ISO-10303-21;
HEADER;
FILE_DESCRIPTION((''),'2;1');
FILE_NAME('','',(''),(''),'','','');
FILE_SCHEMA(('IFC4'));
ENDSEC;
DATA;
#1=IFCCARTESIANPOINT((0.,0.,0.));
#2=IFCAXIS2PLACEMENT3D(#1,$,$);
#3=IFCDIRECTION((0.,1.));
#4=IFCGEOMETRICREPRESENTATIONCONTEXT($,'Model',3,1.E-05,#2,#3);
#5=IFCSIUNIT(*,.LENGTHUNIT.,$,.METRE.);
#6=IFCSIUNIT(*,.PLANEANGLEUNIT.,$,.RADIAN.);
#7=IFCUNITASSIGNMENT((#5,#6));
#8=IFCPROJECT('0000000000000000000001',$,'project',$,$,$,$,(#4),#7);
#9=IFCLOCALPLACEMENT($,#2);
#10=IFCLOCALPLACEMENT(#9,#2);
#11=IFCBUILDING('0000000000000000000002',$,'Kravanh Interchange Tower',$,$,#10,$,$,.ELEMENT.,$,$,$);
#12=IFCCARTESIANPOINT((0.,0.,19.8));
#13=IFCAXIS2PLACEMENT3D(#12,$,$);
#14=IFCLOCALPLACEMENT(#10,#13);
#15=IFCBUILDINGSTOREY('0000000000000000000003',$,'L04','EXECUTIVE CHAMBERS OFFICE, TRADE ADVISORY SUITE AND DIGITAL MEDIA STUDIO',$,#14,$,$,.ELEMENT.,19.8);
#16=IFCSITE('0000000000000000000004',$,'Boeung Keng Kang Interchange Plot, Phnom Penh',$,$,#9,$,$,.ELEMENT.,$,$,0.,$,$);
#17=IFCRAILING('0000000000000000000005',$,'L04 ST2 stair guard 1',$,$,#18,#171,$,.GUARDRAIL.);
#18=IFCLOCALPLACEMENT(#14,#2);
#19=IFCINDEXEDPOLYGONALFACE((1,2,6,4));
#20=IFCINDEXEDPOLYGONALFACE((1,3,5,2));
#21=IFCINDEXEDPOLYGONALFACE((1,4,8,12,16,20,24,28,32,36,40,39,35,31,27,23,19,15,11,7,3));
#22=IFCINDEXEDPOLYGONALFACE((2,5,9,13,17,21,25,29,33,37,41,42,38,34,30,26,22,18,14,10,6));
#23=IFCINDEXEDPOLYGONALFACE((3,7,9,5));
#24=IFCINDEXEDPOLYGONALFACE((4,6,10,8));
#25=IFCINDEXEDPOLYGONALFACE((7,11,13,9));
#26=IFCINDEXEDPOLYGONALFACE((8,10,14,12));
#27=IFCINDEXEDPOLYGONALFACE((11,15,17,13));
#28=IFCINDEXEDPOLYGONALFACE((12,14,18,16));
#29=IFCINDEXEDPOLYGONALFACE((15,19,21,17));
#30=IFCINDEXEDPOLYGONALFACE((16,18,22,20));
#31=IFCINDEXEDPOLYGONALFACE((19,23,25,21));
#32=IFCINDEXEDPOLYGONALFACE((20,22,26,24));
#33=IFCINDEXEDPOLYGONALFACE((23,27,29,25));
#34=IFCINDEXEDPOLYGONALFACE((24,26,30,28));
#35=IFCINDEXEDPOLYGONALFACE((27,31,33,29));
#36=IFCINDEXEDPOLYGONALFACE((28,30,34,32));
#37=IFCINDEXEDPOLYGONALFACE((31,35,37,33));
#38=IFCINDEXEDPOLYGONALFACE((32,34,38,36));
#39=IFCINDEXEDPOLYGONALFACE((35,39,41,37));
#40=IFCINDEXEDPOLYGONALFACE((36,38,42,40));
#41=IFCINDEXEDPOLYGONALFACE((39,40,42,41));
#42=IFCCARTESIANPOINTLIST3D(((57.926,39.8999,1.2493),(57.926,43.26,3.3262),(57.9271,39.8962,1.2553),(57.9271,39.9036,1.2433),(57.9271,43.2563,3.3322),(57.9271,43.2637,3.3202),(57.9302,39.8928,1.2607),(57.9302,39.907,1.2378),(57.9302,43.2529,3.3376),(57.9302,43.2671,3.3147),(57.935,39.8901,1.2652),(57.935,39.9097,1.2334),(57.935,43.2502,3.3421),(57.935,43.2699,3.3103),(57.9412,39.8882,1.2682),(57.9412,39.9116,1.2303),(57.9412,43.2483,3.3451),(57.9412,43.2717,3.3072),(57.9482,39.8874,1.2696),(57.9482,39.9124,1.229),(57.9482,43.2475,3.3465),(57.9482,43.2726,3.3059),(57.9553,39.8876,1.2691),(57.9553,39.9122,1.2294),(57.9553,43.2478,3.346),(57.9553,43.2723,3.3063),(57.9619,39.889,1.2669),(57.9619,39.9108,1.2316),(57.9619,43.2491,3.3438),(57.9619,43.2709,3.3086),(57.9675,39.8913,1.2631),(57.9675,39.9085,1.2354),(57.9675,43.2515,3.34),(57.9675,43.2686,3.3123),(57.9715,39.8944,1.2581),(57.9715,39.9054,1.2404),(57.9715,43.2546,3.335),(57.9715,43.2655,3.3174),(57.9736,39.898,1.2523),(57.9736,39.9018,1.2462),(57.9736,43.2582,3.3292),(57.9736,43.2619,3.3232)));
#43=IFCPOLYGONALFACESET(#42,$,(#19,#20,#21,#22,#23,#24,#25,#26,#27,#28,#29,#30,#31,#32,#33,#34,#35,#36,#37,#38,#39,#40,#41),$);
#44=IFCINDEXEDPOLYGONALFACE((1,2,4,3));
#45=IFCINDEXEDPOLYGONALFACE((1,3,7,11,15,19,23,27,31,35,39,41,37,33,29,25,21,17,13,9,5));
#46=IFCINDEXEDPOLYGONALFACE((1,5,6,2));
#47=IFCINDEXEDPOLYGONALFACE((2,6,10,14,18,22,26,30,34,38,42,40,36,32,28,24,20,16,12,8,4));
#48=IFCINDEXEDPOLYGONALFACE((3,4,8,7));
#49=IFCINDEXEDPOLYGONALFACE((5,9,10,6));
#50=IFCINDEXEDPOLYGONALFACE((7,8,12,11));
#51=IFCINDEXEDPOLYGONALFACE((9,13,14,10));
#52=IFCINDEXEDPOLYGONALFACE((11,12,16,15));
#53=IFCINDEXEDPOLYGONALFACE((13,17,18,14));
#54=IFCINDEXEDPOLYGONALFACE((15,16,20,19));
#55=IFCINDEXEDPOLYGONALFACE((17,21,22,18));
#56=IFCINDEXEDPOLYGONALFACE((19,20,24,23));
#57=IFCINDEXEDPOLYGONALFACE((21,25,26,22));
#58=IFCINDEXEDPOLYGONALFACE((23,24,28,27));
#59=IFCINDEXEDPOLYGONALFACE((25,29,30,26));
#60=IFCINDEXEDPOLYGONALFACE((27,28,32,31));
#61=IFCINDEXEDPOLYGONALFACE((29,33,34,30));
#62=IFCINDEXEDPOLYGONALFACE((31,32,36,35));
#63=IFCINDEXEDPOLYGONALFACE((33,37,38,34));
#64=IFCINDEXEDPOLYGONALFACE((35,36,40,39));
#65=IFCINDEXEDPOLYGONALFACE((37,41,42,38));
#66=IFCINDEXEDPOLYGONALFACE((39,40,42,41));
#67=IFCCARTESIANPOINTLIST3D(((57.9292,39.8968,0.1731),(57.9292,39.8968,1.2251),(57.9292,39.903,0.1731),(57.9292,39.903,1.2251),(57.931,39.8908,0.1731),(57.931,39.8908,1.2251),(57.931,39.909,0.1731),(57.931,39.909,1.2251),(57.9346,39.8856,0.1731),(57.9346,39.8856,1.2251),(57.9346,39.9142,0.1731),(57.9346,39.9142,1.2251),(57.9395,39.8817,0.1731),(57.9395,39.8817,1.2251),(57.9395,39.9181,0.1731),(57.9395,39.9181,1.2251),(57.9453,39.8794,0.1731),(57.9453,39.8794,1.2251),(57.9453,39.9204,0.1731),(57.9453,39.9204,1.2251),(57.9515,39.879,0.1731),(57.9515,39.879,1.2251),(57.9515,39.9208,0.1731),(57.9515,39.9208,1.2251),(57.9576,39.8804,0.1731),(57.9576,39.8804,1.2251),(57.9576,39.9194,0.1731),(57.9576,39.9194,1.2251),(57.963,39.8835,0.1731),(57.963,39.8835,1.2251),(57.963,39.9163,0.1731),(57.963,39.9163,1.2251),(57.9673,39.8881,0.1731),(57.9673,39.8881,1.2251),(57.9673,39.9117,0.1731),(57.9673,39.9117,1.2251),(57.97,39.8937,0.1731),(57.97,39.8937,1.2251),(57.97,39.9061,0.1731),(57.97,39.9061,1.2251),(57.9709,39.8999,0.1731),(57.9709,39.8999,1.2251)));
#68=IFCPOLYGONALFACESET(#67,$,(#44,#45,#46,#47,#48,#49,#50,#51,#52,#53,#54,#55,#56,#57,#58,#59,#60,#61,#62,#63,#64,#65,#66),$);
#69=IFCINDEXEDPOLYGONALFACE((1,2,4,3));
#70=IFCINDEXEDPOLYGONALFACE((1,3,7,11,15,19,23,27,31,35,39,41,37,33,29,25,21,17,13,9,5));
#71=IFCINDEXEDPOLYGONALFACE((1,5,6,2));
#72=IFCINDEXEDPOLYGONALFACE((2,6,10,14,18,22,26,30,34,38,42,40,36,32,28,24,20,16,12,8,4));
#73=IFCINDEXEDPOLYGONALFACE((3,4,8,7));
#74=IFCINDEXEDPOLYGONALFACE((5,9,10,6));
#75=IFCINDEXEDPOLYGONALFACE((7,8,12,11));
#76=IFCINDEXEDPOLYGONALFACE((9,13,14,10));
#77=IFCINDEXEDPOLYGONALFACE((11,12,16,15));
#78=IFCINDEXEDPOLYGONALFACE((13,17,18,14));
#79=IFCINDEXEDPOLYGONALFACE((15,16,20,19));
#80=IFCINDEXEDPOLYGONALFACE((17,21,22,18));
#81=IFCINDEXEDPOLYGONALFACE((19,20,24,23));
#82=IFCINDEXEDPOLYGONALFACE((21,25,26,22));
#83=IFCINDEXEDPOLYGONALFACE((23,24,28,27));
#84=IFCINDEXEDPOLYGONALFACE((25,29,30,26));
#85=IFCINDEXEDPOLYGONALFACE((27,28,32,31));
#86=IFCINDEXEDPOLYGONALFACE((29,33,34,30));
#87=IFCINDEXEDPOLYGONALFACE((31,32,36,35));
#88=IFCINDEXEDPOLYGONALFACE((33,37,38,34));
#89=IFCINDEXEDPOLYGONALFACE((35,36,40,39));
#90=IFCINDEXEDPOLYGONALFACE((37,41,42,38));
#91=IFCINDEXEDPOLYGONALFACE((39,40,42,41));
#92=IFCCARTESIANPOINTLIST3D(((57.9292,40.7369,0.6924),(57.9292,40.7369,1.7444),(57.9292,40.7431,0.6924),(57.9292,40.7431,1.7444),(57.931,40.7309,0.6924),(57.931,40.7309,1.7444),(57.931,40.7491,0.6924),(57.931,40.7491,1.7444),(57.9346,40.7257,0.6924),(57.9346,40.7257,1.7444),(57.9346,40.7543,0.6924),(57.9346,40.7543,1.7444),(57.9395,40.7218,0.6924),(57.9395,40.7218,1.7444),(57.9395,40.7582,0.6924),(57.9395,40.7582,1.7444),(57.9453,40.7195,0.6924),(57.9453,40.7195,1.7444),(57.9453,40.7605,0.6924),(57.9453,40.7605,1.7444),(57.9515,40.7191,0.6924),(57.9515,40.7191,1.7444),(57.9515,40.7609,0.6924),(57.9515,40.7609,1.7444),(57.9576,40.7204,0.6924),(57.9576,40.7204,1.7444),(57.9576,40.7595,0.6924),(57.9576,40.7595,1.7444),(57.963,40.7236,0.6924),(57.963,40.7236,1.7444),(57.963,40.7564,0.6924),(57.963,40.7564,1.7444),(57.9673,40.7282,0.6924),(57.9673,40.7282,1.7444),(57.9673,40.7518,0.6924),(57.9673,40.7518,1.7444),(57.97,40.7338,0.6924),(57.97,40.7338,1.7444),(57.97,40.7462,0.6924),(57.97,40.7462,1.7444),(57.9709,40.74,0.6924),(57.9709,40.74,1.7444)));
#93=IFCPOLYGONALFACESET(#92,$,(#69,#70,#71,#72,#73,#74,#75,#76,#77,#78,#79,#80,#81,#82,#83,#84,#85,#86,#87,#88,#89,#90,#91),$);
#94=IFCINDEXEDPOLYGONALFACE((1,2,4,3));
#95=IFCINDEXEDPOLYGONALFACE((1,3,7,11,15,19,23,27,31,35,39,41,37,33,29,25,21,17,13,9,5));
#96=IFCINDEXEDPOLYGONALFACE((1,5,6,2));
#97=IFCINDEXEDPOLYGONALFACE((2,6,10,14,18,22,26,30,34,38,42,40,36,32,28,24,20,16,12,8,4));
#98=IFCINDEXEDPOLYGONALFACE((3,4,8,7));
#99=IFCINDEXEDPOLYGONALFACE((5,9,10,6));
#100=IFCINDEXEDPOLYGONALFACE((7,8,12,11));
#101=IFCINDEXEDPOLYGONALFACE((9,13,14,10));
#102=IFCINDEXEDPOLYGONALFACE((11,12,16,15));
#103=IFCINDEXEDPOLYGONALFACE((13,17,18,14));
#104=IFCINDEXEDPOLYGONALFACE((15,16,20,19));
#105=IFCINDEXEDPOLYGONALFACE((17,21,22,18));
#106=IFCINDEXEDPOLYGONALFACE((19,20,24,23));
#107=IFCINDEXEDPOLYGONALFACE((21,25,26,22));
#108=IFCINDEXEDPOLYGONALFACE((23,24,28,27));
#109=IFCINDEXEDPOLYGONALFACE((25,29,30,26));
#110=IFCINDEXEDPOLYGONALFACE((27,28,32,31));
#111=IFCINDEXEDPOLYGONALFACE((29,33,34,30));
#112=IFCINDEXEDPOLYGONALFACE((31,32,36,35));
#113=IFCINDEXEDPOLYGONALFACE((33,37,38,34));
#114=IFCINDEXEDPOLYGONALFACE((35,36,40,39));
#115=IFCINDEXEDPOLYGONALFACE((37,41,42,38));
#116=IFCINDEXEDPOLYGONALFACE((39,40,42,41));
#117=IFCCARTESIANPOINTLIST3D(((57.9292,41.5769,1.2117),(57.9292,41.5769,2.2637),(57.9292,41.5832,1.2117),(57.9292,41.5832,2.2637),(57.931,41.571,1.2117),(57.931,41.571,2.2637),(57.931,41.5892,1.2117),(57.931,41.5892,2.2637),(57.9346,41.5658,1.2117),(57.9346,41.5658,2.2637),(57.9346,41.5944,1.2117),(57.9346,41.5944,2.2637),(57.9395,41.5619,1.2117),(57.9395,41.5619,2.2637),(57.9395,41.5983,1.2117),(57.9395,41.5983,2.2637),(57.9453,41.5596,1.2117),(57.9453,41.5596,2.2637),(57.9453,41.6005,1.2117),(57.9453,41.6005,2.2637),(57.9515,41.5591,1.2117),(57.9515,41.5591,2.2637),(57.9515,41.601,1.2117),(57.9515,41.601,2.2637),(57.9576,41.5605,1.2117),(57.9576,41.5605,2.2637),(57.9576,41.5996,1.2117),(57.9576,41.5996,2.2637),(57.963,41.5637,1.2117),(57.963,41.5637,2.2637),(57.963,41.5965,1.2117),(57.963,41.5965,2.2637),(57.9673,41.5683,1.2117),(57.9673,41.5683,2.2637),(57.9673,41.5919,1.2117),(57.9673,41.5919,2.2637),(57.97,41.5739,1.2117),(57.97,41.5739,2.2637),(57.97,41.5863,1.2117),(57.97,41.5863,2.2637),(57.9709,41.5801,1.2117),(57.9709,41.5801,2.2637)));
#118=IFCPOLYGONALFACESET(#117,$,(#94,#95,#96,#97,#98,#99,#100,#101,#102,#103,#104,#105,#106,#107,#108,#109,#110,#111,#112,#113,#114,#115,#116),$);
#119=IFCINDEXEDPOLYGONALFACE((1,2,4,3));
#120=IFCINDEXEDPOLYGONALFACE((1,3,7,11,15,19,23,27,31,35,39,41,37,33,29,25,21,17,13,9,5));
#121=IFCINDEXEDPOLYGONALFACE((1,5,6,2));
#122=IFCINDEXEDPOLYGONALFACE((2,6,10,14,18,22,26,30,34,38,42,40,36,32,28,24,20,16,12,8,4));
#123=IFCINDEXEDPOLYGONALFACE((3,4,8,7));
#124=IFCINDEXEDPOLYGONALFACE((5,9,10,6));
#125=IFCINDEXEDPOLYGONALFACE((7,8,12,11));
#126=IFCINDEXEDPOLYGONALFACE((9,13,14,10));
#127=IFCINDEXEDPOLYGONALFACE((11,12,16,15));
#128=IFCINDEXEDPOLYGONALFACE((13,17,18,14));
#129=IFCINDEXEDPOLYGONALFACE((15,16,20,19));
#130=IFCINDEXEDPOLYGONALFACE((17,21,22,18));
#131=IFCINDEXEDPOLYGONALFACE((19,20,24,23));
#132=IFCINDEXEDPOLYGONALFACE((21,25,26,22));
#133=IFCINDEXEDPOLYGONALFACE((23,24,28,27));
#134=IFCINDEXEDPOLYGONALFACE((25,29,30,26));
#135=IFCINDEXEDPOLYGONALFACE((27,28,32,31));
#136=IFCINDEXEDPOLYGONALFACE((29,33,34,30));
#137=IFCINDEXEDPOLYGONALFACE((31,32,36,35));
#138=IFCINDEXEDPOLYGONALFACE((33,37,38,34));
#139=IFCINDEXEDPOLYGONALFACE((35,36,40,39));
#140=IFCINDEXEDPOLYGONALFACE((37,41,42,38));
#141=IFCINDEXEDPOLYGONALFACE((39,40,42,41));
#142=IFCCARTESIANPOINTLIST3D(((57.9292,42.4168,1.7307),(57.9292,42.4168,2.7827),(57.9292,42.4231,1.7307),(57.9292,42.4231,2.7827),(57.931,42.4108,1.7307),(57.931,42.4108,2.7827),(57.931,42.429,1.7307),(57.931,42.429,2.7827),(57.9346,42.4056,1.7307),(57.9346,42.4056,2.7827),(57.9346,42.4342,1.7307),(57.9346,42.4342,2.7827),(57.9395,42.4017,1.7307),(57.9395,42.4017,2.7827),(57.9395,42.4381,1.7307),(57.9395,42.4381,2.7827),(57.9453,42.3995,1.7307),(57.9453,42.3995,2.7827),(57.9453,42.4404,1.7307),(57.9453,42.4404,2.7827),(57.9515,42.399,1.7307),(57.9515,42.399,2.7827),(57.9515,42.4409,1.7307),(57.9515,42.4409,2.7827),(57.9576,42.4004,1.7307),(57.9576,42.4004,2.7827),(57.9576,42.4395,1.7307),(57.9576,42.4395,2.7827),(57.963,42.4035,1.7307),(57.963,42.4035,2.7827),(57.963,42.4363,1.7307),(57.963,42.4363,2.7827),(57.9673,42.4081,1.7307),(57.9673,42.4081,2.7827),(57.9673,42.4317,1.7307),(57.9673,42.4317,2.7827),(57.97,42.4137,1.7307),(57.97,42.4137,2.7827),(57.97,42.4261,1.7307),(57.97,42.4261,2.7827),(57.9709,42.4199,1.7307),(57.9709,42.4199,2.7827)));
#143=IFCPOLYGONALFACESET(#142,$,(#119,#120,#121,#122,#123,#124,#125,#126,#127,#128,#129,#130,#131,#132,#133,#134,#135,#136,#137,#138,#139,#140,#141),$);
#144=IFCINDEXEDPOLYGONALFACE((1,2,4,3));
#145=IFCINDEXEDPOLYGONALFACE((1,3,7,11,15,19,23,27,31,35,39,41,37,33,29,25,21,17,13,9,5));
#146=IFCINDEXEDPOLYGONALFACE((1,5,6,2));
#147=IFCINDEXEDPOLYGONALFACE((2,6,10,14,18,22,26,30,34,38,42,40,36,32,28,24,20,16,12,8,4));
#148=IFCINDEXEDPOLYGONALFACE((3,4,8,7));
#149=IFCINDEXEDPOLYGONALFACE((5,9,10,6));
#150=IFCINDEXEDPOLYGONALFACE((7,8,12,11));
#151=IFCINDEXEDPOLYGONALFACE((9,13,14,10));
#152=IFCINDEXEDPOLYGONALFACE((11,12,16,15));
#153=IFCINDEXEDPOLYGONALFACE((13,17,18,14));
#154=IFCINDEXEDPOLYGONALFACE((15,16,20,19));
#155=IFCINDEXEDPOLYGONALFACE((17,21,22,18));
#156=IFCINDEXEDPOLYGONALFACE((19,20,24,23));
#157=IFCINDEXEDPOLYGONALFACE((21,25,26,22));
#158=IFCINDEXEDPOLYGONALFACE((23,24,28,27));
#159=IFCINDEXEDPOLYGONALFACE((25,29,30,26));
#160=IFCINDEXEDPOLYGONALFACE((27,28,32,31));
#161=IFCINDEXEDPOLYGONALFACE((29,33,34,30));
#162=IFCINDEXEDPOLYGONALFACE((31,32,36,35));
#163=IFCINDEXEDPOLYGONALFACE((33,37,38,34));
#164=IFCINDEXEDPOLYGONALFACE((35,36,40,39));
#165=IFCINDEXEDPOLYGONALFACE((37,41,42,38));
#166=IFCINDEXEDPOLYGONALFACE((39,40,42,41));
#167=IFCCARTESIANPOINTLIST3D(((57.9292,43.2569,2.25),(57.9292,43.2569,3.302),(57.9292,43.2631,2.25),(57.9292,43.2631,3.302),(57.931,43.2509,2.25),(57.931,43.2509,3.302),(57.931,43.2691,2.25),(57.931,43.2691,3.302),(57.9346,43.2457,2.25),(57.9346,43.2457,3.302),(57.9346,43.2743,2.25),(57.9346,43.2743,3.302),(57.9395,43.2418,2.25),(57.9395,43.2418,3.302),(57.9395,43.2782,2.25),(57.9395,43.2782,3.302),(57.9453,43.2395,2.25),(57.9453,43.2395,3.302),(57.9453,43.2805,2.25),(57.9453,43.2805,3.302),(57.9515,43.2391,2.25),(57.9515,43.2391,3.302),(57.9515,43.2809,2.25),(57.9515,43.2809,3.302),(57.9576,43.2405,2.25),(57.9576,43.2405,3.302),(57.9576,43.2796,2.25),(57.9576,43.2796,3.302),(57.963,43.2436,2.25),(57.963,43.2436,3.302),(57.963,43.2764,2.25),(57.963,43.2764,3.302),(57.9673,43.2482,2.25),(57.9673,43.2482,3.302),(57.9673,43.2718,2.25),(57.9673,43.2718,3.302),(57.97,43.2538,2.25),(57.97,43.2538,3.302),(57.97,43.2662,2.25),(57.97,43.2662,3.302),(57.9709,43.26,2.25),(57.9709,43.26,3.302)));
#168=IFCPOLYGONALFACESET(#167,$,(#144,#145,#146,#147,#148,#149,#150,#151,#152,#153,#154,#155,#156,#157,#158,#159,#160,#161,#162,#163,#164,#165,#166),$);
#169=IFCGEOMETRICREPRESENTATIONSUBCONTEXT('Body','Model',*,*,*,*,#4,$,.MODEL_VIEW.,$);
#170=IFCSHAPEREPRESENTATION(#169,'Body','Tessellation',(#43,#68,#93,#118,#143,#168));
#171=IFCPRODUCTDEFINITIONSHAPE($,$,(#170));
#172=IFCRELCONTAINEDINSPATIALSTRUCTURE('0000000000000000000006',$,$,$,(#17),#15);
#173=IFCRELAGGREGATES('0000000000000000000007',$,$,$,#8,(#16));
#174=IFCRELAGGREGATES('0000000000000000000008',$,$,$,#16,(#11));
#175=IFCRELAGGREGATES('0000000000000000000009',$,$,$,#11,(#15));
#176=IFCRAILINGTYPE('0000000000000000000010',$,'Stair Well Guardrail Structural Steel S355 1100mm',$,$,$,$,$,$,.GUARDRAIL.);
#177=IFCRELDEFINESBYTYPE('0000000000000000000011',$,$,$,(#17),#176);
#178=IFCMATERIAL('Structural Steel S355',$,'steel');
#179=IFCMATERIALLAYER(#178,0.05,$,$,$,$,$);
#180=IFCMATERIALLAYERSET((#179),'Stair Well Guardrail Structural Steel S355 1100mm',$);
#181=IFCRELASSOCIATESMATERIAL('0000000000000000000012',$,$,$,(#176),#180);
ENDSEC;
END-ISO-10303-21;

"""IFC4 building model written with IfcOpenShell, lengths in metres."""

from ifc_helpers import new_model, si_unit, direction, frame, origin, origin_2d, place, context, subcontext, project, spatial, circle, extrude, material, layer, layer_set, type_object, element, save


model = new_model("IFC4")

# Units and contexts
model_context = context("Model", 3, precision=1e-05, world=origin(), true_north=direction((0.0, 1.0)))
body_context = subcontext(model_context, "Body", "Model", "MODEL_VIEW")
ifc_project = project(units=[si_unit("LENGTHUNIT", "METRE"), si_unit("PLANEANGLEUNIT", "RADIAN")], contexts=[model_context])

# Site, building, storey
site_placement = place(None, origin())
site = spatial("IfcSite", under=ifc_project, at=site_placement, Name="Boeung Keng Kang Interchange Plot, Phnom Penh", CompositionType="ELEMENT", RefElevation=0.0)
building_placement = place(site_placement, origin())
building = spatial("IfcBuilding", under=site, at=building_placement, Name="Kravanh Interchange Tower", CompositionType="ELEMENT")
storey_placement = place(building_placement, frame((0.0, 0.0, 19.8)))
storey = spatial("IfcBuildingStorey", under=building, at=storey_placement, Name="L04", Description="EXECUTIVE CHAMBERS OFFICE, TRADE ADVISORY SUITE AND DIGITAL MEDIA STUDIO", CompositionType="ELEMENT", Elevation=19.8)

# Railing
ifc_material_1 = material(Name="Structural Steel S355", Category="steel")
ifc_layer_1 = layer(ifc_material_1, 0.05)
ifc_layer_set_1 = layer_set([ifc_layer_1], Name="Stair Well Guardrail Structural Steel S355 1100mm")
railing_type_1 = type_object("IfcRailingType", Name="Stair Well Guardrail Structural Steel S355 1100mm", PredefinedType="GUARDRAIL", material=ifc_layer_set_1)
railing_1_placement = place(storey_placement, frame((57.95, 39.8999, 0.1731)))
element("IfcRailing", 1, at=railing_1_placement, inside=storey, type_object=railing_type_1, Name="L04 ST2 stair guard 1", PredefinedType="GUARDRAIL", context=body_context, shape_type="SweptSolid", body=[
    extrude(circle(Radius=0.0239, at=origin_2d()), frame((0.0, 0.0, 1.0762), z_axis=(0.0, 0.850623, 0.525776), x_axis=(-1.0, 0.0, 0.0)), (0.0, 0.0, 1.0), 3.9502),
    extrude(circle(Radius=0.021, at=origin_2d()), origin(), (0.0, 0.0, 1.0), 1.052),
    extrude(circle(Radius=0.021, at=origin_2d()), frame((0.0, 0.8401, 0.5193)), (0.0, 0.0, 1.0), 1.052),
    extrude(circle(Radius=0.021, at=origin_2d()), frame((0.0, 1.6802, 1.0386)), (0.0, 0.0, 1.0), 1.052),
    extrude(circle(Radius=0.021, at=origin_2d()), frame((0.0, 2.52, 1.5576)), (0.0, 0.0, 1.0), 1.052),
    extrude(circle(Radius=0.021, at=origin_2d()), frame((0.0, 3.3601, 2.0769)), (0.0, 0.0, 1.0), 1.052),
])

save(model, "model.ifc")
